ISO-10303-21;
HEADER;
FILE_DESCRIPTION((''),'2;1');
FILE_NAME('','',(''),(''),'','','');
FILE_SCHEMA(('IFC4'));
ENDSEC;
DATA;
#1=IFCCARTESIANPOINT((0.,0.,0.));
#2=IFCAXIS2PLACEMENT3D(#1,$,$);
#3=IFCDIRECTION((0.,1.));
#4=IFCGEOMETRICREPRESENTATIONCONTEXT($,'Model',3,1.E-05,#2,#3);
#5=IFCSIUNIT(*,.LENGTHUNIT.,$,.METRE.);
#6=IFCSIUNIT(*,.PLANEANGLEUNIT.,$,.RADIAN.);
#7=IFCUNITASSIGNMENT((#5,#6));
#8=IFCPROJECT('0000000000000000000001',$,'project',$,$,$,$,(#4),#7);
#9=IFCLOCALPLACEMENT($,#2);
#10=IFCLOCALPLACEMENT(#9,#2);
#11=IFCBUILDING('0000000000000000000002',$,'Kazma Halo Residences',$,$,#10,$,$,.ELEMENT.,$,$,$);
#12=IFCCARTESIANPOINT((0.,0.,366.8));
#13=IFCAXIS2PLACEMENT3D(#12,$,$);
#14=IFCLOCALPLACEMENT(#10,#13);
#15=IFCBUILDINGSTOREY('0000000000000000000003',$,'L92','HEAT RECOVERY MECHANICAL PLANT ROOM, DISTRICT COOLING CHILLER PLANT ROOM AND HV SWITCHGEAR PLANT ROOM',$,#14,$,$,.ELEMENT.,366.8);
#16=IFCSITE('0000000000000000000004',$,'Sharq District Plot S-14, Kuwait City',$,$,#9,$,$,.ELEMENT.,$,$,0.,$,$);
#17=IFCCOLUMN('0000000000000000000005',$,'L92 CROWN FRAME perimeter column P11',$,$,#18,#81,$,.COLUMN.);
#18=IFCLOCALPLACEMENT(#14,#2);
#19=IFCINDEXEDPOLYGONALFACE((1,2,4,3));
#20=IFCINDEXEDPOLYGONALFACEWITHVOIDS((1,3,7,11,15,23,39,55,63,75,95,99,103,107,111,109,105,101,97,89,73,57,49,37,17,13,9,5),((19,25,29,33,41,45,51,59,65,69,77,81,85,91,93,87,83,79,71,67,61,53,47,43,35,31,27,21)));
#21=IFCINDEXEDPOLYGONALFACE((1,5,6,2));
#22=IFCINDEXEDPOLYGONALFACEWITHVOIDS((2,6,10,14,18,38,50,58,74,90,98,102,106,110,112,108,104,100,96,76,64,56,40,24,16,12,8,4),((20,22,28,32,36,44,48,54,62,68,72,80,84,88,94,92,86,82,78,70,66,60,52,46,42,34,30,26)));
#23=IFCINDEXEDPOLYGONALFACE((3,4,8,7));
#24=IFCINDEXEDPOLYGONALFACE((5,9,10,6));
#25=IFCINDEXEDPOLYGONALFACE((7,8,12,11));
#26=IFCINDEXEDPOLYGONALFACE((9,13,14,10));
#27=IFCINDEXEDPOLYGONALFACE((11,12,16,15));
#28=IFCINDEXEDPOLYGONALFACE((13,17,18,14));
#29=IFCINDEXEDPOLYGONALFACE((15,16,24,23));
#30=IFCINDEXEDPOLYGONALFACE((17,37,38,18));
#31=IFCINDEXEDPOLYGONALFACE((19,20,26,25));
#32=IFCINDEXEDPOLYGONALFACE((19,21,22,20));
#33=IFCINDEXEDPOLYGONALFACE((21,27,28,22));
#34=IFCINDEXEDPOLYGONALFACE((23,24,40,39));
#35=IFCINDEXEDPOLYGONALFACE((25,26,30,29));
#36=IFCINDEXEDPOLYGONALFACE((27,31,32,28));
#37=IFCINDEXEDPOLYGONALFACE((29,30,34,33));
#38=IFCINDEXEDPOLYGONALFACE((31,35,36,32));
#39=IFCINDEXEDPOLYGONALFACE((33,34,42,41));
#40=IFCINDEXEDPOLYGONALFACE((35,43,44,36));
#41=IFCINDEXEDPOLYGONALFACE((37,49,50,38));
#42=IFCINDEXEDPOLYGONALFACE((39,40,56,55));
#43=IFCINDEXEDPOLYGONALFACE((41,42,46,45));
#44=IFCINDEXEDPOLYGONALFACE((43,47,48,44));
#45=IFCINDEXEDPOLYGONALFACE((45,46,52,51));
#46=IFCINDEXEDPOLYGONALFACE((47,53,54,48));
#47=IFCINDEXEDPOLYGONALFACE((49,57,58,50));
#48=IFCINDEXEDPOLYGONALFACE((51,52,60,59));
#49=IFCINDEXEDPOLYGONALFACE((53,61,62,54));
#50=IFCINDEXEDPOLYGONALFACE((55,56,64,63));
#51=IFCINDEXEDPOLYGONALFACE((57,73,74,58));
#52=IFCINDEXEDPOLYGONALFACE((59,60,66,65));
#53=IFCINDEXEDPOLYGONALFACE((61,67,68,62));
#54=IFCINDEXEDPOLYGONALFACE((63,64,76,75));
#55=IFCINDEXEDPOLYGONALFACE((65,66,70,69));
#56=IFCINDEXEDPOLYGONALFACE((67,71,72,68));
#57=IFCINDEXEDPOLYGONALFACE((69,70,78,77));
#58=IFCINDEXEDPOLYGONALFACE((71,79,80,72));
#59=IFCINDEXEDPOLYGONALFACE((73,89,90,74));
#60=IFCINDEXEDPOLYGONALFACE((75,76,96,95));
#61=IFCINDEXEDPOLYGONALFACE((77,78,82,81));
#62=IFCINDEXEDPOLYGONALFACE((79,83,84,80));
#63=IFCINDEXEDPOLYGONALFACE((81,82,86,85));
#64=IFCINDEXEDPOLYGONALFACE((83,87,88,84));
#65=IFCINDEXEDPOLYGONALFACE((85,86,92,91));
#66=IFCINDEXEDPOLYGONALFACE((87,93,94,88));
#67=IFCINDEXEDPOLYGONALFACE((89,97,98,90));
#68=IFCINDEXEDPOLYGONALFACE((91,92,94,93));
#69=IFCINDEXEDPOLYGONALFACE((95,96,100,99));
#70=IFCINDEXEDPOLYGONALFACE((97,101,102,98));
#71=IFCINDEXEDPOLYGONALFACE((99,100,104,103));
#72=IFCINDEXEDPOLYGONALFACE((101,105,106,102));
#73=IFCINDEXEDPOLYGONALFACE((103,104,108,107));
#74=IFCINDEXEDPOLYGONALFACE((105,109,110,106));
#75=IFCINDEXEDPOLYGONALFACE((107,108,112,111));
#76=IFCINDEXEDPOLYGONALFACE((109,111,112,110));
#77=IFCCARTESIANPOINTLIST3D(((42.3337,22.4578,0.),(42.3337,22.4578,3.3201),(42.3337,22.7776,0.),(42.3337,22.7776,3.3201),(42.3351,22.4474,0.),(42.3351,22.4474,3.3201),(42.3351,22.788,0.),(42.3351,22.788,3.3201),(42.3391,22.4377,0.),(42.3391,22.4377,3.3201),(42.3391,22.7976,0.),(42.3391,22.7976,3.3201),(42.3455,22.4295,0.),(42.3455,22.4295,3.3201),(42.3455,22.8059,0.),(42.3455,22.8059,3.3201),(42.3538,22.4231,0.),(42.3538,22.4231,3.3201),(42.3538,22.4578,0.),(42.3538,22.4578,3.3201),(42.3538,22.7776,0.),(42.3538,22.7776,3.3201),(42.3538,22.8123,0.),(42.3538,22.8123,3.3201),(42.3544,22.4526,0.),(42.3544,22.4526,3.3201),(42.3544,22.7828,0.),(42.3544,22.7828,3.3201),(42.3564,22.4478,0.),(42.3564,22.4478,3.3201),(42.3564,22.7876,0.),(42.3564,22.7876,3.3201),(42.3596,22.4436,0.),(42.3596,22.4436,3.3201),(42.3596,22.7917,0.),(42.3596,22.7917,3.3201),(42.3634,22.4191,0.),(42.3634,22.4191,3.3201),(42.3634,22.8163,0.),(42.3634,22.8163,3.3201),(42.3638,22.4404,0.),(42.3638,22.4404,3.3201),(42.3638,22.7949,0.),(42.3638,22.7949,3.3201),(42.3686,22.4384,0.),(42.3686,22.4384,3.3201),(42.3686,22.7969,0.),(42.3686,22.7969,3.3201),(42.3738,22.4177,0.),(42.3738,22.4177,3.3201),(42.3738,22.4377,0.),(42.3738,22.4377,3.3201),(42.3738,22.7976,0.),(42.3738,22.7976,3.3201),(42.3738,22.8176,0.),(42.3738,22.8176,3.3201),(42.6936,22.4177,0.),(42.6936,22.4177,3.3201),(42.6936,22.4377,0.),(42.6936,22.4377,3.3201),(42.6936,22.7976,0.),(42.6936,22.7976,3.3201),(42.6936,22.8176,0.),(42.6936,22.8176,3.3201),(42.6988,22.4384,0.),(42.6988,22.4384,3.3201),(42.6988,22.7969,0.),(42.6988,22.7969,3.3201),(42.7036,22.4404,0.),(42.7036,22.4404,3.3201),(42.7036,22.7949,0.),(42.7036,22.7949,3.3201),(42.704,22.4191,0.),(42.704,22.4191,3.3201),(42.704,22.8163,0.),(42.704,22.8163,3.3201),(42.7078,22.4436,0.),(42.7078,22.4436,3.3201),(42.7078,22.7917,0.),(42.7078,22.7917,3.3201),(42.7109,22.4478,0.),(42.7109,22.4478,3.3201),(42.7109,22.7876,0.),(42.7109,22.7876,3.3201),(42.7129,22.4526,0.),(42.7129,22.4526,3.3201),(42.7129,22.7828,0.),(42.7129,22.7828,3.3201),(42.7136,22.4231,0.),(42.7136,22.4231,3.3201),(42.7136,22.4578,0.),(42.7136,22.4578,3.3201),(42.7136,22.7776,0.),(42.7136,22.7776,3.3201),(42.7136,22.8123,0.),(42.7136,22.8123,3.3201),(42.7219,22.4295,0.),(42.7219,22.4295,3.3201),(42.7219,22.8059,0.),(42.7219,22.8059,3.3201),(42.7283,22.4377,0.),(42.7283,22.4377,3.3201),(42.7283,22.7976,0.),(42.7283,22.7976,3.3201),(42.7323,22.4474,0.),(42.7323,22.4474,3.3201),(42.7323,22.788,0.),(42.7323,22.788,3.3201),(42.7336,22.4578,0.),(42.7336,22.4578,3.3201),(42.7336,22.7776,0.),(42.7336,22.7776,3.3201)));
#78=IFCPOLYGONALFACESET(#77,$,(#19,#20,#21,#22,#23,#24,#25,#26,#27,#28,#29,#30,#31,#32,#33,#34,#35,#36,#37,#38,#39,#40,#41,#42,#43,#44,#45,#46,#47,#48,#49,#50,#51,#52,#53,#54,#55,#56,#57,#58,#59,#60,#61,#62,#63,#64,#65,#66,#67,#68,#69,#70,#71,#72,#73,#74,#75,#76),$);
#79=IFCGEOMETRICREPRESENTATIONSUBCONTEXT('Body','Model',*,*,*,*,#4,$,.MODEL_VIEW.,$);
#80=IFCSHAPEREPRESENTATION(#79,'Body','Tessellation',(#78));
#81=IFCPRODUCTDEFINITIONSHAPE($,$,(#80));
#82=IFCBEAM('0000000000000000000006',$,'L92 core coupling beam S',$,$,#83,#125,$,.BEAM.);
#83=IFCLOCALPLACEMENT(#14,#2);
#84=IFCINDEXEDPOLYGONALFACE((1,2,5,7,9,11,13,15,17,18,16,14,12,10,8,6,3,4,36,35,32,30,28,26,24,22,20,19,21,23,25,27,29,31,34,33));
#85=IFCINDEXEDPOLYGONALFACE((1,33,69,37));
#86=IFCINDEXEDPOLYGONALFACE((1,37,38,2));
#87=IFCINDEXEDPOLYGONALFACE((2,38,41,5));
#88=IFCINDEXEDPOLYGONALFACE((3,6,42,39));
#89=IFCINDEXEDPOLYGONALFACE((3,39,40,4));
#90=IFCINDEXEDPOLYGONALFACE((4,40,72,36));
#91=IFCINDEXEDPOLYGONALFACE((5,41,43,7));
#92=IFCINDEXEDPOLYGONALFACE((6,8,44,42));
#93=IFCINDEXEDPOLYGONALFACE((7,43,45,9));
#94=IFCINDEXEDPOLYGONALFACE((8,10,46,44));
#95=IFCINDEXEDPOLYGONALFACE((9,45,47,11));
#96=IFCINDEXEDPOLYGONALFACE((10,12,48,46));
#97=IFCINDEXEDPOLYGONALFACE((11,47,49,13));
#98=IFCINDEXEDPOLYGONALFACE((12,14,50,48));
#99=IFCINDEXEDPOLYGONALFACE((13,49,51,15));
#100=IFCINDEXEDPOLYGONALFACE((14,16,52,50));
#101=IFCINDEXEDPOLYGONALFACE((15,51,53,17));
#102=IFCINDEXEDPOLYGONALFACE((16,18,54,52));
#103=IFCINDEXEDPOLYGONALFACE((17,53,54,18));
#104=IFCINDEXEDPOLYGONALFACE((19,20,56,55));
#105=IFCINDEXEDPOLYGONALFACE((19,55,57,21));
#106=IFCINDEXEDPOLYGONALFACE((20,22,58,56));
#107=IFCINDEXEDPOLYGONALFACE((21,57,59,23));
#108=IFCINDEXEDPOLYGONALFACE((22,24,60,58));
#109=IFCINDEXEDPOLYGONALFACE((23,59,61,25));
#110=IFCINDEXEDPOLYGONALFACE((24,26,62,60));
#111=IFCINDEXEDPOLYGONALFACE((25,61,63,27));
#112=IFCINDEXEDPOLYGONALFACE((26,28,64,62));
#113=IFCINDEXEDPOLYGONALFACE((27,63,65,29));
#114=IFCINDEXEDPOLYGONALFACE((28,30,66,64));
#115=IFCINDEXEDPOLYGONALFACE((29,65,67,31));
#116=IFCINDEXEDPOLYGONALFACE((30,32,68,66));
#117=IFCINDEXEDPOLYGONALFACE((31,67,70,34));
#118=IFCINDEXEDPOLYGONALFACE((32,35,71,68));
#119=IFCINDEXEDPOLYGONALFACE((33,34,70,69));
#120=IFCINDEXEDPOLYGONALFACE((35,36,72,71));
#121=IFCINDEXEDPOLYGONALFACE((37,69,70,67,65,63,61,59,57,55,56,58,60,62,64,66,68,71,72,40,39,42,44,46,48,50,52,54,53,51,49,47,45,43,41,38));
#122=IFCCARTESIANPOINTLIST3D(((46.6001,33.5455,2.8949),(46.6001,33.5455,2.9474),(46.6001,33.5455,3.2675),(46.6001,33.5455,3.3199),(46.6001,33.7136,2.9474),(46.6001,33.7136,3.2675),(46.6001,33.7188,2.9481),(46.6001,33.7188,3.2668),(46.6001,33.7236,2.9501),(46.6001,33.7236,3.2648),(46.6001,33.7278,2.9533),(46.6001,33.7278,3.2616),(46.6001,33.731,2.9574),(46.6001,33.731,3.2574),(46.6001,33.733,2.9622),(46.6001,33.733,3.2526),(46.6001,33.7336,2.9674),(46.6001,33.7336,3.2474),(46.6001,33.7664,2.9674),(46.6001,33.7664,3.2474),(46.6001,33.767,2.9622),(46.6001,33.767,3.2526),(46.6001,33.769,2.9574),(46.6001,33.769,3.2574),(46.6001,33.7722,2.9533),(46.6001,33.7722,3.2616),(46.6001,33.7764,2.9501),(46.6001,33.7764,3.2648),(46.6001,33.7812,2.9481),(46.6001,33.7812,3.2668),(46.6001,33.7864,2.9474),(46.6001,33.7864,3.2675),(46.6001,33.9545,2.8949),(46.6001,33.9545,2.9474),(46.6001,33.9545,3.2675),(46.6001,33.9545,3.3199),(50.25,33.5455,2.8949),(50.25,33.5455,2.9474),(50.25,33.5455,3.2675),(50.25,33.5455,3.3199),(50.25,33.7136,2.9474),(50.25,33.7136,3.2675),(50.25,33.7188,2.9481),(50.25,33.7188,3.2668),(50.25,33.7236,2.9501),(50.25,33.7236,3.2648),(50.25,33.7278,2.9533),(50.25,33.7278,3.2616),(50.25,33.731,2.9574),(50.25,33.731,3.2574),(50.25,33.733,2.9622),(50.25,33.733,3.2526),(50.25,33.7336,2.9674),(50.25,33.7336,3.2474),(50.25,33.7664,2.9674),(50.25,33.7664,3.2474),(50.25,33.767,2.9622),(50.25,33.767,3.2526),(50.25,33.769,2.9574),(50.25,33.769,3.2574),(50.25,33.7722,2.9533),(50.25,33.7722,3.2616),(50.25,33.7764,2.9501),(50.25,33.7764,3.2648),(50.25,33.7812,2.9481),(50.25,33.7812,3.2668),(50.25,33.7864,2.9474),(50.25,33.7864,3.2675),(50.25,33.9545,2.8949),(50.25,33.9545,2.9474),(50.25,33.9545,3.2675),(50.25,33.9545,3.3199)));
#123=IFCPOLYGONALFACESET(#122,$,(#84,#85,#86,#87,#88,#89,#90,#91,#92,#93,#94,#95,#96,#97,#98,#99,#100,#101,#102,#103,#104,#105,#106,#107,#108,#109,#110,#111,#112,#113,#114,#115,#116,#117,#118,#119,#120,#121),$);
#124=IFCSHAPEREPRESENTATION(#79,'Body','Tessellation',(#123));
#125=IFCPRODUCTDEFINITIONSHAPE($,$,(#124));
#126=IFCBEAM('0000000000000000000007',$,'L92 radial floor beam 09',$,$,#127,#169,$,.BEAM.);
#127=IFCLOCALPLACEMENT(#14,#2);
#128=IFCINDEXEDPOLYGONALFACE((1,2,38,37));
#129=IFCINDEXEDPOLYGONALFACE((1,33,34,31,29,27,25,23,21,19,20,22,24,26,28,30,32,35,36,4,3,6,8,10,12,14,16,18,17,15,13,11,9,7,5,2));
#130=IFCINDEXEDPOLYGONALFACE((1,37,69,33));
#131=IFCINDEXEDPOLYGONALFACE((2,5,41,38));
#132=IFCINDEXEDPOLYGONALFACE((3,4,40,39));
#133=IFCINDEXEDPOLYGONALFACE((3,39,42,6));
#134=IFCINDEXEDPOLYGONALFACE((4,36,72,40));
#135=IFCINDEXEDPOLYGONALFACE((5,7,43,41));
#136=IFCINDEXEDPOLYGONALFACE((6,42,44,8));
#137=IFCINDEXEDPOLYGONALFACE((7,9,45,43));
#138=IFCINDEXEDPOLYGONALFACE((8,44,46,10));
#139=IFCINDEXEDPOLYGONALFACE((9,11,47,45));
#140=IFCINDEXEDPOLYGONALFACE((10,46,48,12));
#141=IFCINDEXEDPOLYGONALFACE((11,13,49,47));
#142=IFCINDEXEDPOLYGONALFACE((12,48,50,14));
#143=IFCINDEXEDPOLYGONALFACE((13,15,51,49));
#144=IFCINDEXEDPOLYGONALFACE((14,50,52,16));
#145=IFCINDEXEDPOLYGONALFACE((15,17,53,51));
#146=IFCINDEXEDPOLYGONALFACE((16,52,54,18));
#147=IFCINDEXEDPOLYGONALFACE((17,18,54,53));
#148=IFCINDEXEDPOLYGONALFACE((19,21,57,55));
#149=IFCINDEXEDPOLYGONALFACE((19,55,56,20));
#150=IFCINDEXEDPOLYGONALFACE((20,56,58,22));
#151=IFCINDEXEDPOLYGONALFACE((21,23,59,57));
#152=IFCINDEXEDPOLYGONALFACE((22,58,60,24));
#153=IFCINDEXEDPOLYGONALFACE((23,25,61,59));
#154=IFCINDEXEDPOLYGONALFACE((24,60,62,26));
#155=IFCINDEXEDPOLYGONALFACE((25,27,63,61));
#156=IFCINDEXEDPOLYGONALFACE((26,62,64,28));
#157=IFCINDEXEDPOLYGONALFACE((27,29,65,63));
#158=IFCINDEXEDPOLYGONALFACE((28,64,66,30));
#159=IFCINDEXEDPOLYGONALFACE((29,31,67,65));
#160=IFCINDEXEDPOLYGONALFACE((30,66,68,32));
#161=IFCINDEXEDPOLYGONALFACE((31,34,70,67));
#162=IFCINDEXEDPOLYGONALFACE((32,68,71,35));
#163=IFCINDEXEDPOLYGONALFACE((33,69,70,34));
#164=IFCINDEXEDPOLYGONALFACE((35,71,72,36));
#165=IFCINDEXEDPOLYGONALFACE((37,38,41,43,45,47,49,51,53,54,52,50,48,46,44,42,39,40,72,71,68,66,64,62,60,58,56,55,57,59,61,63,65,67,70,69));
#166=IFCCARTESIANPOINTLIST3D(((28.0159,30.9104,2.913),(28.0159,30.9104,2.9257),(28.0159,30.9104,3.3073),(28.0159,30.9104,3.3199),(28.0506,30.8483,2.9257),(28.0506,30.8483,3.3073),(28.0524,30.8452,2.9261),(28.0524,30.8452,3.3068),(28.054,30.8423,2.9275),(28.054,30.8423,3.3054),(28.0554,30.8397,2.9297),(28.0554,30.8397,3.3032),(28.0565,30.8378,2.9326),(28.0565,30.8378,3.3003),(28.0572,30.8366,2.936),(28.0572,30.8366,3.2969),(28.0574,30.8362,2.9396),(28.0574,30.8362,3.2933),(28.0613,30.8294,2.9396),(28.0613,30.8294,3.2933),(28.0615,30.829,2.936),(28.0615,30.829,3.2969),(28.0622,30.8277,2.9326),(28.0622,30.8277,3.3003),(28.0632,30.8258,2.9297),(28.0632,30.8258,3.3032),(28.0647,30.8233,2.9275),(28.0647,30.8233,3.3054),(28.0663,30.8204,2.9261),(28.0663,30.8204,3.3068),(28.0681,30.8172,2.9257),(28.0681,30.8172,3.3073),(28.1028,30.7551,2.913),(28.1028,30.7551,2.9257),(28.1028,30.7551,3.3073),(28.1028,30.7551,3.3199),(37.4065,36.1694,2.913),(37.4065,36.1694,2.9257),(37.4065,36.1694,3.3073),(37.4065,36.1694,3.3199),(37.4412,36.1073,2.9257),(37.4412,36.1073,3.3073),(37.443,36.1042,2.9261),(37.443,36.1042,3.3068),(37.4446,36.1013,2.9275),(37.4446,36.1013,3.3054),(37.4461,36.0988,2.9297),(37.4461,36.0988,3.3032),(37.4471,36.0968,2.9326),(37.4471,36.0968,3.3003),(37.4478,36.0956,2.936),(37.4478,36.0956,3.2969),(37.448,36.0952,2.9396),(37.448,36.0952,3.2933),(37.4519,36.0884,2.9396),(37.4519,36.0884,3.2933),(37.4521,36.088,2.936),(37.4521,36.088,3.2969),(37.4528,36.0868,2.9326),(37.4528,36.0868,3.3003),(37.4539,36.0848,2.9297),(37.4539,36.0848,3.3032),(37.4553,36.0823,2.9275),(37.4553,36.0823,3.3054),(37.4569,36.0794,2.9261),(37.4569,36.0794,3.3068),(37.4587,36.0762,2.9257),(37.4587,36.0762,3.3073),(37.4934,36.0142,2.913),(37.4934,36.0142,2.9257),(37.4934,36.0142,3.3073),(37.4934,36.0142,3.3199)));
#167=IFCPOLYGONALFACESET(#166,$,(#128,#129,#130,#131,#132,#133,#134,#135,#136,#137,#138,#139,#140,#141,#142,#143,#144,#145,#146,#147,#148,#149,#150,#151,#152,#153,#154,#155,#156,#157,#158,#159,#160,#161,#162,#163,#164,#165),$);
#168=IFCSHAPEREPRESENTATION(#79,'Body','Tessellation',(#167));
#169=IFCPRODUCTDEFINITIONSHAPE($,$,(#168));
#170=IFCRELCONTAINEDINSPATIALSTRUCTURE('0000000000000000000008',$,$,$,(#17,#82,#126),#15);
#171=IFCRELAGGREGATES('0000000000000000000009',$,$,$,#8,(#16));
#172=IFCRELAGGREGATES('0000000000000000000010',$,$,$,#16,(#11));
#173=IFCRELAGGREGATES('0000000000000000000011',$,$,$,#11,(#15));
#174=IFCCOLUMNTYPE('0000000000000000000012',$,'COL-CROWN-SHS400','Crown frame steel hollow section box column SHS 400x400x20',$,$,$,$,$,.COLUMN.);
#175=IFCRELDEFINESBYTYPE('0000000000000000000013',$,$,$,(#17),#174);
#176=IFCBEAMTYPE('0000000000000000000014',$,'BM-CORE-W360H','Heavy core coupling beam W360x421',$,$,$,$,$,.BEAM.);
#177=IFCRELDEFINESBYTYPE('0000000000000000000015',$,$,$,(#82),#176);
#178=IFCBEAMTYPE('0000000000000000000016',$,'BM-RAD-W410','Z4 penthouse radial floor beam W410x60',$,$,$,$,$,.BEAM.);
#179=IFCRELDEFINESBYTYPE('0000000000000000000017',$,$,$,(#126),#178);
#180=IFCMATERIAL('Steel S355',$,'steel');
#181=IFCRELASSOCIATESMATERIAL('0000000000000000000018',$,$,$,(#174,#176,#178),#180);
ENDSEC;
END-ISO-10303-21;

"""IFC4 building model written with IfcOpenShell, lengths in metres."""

from ifc_helpers import new_model, si_unit, direction, frame, origin, origin_2d, place, context, subcontext, project, spatial, hollow_rectangle, i_section, extrude, material, material_profile, profile_set, type_object, element, save


model = new_model("IFC4")

# Units and contexts
model_context = context("Model", 3, precision=1e-05, world=origin(), true_north=direction((0.0, 1.0)))
body_context = subcontext(model_context, "Body", "Model", "MODEL_VIEW")
ifc_project = project(units=[si_unit("LENGTHUNIT", "METRE"), si_unit("PLANEANGLEUNIT", "RADIAN")], contexts=[model_context])

# Site, building, storey
site_placement = place(None, origin())
site = spatial("IfcSite", under=ifc_project, at=site_placement, Name="Sharq District Plot S-14, Kuwait City", CompositionType="ELEMENT", RefElevation=0.0)
building_placement = place(site_placement, origin())
building = spatial("IfcBuilding", under=site, at=building_placement, Name="Kazma Halo Residences", CompositionType="ELEMENT")
storey_placement = place(building_placement, frame((0.0, 0.0, 366.8)))
storey = spatial("IfcBuildingStorey", under=building, at=storey_placement, Name="L92", Description="HEAT RECOVERY MECHANICAL PLANT ROOM, DISTRICT COOLING CHILLER PLANT ROOM AND HV SWITCHGEAR PLANT ROOM", CompositionType="ELEMENT", Elevation=366.8)

# Column
ifc_material_1 = material(Name="Steel S355", Category="steel")
ifc_material_profile_1 = material_profile(ifc_material_1, hollow_rectangle(XDim=0.3999, YDim=0.3999, WallThickness=0.02, InnerFilletRadius=0.02, OuterFilletRadius=0.04, at=origin_2d()), Name="SHS400x400x20")
ifc_profile_set_1 = profile_set([ifc_material_profile_1], Name="Steel S355")
column_type = type_object("IfcColumnType", Name="COL-CROWN-SHS400", Description="Crown frame steel hollow section box column SHS 400x400x20", PredefinedType="COLUMN", material=ifc_profile_set_1)
column_placement = place(storey_placement, frame((42.5337, 22.6177, 0.0), z_axis=(0.0, 0.0, 1.0), x_axis=(1.0, 0.0, 0.0)))
element("IfcColumn", 1, at=column_placement, inside=storey, type_object=column_type, Name="L92 CROWN FRAME perimeter column P11", PredefinedType="COLUMN", context=body_context, shape_type="SweptSolid", body=[
    extrude(hollow_rectangle(XDim=0.3999, YDim=0.3999, WallThickness=0.02, InnerFilletRadius=0.02, OuterFilletRadius=0.04, at=origin_2d()), origin(), (0.0, 0.0, 1.0), 3.3201),
])

# Beams
ifc_material_profile_2 = material_profile(ifc_material_1, i_section(OverallWidth=0.4089, OverallDepth=0.425, WebThickness=0.0327, FlangeThickness=0.0525, FilletRadius=0.02, at=origin_2d()), Name="W360x421")
ifc_profile_set_2 = profile_set([ifc_material_profile_2], Name="Steel S355")
beam_type_1 = type_object("IfcBeamType", Name="BM-CORE-W360H", Description="Heavy core coupling beam W360x421", PredefinedType="BEAM", material=ifc_profile_set_2)
beam_1_placement = place(storey_placement, frame((46.6001, 33.75, 3.1074), z_axis=(1.0, 0.0, 0.0), x_axis=(0.0, 1.0, 0.0)))
element("IfcBeam", 2, at=beam_1_placement, inside=storey, type_object=beam_type_1, Name="L92 core coupling beam S", PredefinedType="BEAM", context=body_context, shape_type="SweptSolid", body=[
    extrude(i_section(OverallWidth=0.4089, OverallDepth=0.425, WebThickness=0.0327, FlangeThickness=0.0525, FilletRadius=0.02, at=origin_2d()), origin(), (0.0, 0.0, 1.0), 3.6499),
])
ifc_material_profile_3 = material_profile(ifc_material_1, i_section(OverallWidth=0.178, OverallDepth=0.407, WebThickness=0.0078, FlangeThickness=0.0127, FilletRadius=0.0139, at=origin_2d()), Name="W410x60")
ifc_profile_set_3 = profile_set([ifc_material_profile_3], Name="Steel S355")
beam_type_2 = type_object("IfcBeamType", Name="BM-RAD-W410", Description="Z4 penthouse radial floor beam W410x60", PredefinedType="BEAM", material=ifc_profile_set_3)
beam_2_placement = place(storey_placement, frame((37.45, 36.0918, 3.1165), z_axis=(-0.872495, -0.488623, 0.0), x_axis=(0.488623, -0.872495, 0.0)))
element("IfcBeam", 3, at=beam_2_placement, inside=storey, type_object=beam_type_2, Name="L92 radial floor beam 09", PredefinedType="BEAM", context=body_context, shape_type="SweptSolid", body=[
    extrude(i_section(OverallWidth=0.178, OverallDepth=0.407, WebThickness=0.0078, FlangeThickness=0.0127, FilletRadius=0.0139, at=origin_2d()), origin(), (0.0, 0.0, 1.0), 10.7629),
])

save(model, "model.ifc")
